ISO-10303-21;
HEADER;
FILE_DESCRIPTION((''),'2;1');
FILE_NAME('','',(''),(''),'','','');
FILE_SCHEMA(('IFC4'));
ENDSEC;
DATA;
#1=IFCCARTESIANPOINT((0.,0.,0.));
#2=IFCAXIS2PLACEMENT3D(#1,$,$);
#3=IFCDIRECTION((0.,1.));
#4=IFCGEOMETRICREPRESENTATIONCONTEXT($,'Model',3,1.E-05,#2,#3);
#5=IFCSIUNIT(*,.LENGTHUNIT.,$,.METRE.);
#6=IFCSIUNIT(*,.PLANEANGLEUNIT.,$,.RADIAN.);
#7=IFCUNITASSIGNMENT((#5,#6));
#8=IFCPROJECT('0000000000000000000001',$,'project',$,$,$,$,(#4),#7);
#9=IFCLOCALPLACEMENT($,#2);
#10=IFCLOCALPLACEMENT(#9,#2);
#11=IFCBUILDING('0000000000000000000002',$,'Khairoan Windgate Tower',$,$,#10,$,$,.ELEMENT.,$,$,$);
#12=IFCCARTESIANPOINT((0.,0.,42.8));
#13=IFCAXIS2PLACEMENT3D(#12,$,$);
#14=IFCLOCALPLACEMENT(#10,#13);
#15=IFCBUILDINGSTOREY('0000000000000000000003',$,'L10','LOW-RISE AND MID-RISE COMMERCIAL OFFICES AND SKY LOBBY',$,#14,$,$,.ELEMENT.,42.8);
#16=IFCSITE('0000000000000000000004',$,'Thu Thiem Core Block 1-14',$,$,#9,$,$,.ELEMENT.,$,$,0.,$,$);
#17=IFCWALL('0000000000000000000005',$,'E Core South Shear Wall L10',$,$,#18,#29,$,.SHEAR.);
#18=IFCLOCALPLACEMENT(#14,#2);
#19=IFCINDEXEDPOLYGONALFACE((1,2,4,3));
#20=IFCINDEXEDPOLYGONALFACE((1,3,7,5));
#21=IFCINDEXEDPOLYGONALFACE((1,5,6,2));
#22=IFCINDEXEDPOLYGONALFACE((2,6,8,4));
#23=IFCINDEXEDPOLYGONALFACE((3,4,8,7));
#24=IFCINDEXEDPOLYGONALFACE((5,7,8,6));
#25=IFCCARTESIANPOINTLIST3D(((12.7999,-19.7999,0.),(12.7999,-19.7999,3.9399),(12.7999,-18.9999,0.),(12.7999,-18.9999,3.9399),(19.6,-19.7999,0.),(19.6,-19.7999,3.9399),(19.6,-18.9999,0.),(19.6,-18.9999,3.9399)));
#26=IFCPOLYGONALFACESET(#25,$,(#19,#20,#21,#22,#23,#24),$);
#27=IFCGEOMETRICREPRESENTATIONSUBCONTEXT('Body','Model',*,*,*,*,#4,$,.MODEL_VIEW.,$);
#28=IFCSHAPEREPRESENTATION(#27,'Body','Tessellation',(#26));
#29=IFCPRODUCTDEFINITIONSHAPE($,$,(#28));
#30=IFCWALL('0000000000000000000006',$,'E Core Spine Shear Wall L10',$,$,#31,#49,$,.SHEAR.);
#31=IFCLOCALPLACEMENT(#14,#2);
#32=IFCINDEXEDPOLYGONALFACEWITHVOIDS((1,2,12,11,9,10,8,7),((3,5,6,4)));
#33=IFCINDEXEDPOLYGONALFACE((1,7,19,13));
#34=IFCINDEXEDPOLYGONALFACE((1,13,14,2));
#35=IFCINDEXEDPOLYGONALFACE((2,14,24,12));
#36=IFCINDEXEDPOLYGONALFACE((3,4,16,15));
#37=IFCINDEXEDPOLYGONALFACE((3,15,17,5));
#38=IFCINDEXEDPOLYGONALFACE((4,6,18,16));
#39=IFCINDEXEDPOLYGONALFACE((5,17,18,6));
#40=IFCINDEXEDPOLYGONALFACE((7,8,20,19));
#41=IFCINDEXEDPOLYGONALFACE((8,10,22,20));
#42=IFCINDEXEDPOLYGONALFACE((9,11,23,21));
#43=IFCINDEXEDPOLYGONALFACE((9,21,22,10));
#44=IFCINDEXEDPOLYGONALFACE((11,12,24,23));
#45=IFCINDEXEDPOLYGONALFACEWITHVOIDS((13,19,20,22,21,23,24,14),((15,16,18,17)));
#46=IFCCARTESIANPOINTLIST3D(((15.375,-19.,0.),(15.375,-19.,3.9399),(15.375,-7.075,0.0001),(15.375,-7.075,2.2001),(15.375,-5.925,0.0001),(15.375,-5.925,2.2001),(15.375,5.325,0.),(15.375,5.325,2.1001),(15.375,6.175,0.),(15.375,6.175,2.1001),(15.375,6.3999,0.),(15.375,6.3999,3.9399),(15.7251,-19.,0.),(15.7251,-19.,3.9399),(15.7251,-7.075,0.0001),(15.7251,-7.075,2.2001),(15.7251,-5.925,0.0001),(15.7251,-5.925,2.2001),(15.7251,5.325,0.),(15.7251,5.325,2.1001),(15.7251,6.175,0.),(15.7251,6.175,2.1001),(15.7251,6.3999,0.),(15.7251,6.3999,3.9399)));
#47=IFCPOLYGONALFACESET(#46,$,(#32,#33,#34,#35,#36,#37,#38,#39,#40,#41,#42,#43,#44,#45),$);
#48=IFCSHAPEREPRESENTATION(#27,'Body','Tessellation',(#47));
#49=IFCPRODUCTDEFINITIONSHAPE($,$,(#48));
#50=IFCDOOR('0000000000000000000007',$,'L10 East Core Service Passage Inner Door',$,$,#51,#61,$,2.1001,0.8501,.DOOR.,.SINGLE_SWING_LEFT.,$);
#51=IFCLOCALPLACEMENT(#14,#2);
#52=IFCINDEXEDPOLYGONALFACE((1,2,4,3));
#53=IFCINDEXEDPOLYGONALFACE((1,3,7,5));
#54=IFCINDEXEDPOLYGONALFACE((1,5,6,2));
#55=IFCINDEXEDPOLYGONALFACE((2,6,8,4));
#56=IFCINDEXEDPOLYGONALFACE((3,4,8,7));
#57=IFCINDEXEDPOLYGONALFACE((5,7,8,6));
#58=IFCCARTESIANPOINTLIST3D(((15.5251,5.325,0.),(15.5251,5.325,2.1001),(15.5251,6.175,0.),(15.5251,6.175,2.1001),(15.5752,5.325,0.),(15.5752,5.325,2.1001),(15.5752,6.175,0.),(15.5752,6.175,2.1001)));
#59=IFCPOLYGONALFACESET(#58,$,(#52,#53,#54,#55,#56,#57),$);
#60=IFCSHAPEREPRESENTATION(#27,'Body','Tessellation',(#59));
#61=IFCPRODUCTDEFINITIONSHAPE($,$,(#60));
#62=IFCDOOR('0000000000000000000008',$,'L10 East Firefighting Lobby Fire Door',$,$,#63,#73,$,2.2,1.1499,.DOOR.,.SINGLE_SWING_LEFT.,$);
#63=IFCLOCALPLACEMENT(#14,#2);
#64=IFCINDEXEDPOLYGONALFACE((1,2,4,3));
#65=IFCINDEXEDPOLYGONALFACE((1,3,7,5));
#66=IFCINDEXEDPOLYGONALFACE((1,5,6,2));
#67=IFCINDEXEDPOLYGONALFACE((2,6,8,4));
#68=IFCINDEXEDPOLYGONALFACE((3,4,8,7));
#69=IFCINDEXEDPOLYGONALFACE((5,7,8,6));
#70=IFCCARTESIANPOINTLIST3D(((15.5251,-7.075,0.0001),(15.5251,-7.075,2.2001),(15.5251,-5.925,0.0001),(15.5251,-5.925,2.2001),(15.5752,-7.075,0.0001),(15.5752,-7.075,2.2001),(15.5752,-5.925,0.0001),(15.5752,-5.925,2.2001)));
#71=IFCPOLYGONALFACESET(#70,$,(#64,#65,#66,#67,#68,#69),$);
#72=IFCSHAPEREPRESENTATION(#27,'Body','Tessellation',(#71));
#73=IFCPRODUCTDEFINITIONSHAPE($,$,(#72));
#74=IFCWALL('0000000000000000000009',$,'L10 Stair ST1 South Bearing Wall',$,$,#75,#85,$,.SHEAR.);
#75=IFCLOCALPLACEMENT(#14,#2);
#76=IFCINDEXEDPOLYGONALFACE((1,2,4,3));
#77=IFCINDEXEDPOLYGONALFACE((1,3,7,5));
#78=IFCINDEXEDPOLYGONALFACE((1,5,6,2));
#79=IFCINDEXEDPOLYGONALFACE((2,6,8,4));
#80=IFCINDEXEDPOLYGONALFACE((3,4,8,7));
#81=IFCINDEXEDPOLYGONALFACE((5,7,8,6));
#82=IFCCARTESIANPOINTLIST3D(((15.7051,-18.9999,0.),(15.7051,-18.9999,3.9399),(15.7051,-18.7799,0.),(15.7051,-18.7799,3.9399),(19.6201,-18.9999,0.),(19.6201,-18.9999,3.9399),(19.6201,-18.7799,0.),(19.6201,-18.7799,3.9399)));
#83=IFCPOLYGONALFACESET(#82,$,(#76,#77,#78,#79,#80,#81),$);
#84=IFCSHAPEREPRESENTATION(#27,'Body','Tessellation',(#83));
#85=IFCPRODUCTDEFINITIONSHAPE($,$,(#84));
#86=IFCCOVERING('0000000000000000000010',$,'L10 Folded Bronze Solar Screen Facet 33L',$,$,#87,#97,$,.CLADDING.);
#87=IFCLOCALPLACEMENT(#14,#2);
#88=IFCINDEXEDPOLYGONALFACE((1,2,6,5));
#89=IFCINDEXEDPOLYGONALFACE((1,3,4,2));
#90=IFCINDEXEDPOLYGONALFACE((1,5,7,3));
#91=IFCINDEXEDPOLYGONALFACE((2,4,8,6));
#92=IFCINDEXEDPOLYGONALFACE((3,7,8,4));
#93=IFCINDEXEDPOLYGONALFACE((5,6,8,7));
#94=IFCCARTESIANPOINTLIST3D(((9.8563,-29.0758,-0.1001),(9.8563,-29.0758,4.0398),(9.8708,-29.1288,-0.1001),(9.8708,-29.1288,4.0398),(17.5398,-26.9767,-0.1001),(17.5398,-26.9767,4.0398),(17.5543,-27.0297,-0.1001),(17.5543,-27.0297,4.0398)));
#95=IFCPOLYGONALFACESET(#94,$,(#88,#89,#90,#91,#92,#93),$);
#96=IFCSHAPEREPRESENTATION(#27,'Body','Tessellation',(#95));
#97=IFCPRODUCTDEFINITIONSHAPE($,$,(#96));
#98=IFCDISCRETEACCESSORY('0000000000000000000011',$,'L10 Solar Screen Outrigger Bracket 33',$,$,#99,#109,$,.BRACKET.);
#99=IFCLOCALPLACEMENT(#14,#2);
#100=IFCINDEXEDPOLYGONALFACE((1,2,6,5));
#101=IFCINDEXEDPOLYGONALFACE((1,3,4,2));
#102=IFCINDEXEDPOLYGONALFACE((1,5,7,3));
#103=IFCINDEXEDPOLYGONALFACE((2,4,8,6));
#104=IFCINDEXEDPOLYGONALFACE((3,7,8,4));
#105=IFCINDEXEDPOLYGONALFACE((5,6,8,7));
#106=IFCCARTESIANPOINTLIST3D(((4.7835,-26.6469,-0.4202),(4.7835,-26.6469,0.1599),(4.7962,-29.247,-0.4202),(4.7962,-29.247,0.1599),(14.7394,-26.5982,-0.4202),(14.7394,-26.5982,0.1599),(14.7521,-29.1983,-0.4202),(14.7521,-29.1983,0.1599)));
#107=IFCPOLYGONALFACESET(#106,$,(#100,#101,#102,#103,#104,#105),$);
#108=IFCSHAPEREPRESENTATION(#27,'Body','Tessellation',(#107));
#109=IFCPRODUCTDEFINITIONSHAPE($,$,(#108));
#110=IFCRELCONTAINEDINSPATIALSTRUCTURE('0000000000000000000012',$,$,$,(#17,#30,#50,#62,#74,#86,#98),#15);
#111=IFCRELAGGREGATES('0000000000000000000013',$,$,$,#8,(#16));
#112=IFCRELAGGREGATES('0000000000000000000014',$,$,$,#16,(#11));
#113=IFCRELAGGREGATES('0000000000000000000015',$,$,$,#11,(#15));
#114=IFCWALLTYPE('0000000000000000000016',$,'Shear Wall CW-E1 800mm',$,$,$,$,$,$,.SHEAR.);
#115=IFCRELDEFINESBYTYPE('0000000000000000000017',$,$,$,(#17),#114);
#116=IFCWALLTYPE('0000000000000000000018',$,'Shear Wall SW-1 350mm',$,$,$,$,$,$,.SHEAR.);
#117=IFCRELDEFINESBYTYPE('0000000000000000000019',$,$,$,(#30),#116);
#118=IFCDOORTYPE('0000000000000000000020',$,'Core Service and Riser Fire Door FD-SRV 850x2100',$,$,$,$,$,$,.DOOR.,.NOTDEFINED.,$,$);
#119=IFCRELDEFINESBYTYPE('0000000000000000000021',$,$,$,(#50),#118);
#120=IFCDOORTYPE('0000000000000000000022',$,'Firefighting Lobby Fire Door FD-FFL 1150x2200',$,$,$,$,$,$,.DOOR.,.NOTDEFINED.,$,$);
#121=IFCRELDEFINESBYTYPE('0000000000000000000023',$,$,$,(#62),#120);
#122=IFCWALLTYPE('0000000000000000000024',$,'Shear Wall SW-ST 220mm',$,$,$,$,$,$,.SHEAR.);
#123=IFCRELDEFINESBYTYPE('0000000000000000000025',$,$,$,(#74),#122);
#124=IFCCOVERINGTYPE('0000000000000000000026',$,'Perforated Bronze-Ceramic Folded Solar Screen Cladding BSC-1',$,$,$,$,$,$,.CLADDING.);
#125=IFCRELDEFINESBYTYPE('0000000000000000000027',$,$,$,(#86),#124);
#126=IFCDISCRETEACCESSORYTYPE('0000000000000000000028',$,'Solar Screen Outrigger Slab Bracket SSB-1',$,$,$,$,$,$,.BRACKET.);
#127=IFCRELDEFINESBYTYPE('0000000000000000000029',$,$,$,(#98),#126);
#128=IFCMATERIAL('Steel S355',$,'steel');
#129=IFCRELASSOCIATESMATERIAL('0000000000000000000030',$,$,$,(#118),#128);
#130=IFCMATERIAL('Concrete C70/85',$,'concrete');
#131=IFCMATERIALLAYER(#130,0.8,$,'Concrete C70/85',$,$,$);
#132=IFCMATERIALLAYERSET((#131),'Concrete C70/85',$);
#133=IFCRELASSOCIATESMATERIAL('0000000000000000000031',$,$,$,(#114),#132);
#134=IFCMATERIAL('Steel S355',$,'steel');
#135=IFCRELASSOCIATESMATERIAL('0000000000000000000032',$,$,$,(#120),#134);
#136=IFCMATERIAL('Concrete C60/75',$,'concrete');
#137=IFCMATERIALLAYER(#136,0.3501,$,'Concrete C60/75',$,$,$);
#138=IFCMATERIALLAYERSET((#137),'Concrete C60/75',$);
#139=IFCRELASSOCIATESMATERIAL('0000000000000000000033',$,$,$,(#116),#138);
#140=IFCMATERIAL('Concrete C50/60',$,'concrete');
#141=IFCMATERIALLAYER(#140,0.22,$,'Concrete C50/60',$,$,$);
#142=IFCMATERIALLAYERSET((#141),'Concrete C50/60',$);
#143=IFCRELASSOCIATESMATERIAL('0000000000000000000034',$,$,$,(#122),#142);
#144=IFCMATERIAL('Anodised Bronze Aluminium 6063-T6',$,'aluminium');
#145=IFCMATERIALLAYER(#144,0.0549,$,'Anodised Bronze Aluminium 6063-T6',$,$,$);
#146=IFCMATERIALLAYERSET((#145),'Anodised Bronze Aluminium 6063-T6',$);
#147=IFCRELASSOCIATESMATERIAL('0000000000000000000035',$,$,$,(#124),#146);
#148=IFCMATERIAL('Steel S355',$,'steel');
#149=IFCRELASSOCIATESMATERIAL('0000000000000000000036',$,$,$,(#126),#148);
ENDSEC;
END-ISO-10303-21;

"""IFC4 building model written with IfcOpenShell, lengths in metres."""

from ifc_helpers import new_model, si_unit, direction, frame, frame_2d, origin, origin_2d, place, context, subcontext, project, spatial, rectangle, extrude, material, layer, layer_set, type_object, element, fill, save


model = new_model("IFC4")

# Units and contexts
model_context = context("Model", 3, precision=1e-05, world=origin(), true_north=direction((0.0, 1.0)))
body_context = subcontext(model_context, "Body", "Model", "MODEL_VIEW")
ifc_project = project(units=[si_unit("LENGTHUNIT", "METRE"), si_unit("PLANEANGLEUNIT", "RADIAN")], contexts=[model_context])

# Site, building, storey
site_placement = place(None, origin())
site = spatial("IfcSite", under=ifc_project, at=site_placement, Name="Thu Thiem Core Block 1-14", CompositionType="ELEMENT", RefElevation=0.0)
building_placement = place(site_placement, origin())
building = spatial("IfcBuilding", under=site, at=building_placement, Name="Khairoan Windgate Tower", CompositionType="ELEMENT")
storey_placement = place(building_placement, frame((0.0, 0.0, 42.8)))
storey = spatial("IfcBuildingStorey", under=building, at=storey_placement, Name="L10", Description="LOW-RISE AND MID-RISE COMMERCIAL OFFICES AND SKY LOBBY", CompositionType="ELEMENT", Elevation=42.8)

# Shared definitions
ifc_material_1 = material(Name="Steel S355", Category="steel")
door_type_1 = type_object("IfcDoorType", Name="Core Service and Riser Fire Door FD-SRV 850x2100", OperationType="NOTDEFINED", PredefinedType="DOOR", material=ifc_material_1)

# Shared definitions
ifc_material_2 = material(Name="Concrete C70/85", Category="concrete")
ifc_layer_1 = layer(ifc_material_2, 0.8, Name="Concrete C70/85")
ifc_layer_set_1 = layer_set([ifc_layer_1], Name="Concrete C70/85")
wall_type_1 = type_object("IfcWallType", Name="Shear Wall CW-E1 800mm", PredefinedType="SHEAR", material=ifc_layer_set_1)
ifc_material_3 = material(Name="Steel S355", Category="steel")
door_type_2 = type_object("IfcDoorType", Name="Firefighting Lobby Fire Door FD-FFL 1150x2200", OperationType="NOTDEFINED", PredefinedType="DOOR", material=ifc_material_3)

# Wall
wall_1_placement = place(storey_placement, frame((12.8, -19.3999, 0.0), z_axis=(0.0, 0.0, 1.0), x_axis=(1.0, 0.0, 0.0)))
element("IfcWall", 1, at=wall_1_placement, inside=storey, type_object=wall_type_1, Name="E Core South Shear Wall L10", PredefinedType="SHEAR", context=body_context, shape_type="SweptSolid", body=[
    extrude(rectangle(XDim=6.8, YDim=0.8, at=frame_2d((3.3999, 0.0))), origin(), (0.0, 0.0, 1.0), 3.9399),
])

# Wall, openings, doors
ifc_material_4 = material(Name="Concrete C60/75", Category="concrete")
ifc_layer_2 = layer(ifc_material_4, 0.3501, Name="Concrete C60/75")
ifc_layer_set_2 = layer_set([ifc_layer_2], Name="Concrete C60/75")
wall_type_2 = type_object("IfcWallType", Name="Shear Wall SW-1 350mm", PredefinedType="SHEAR", material=ifc_layer_set_2)
wall_2_placement = place(storey_placement, frame((15.55, -19.0, 0.0), z_axis=(0.0, 0.0, 1.0), x_axis=(0.0, 1.0, 0.0)))
wall_2 = element("IfcWall", 2, at=wall_2_placement, inside=storey, type_object=wall_type_2, Name="E Core Spine Shear Wall L10", PredefinedType="SHEAR", context=body_context, shape_type="SweptSolid", body=[
    extrude(rectangle(XDim=25.3999, YDim=0.3501, at=frame_2d((12.7, 0.0))), origin(), (0.0, 0.0, 1.0), 3.9399),
])
opening_1_placement = place(wall_2_placement, frame((11.925, 0.0, 0.0)))
opening_1 = element("IfcOpeningElement", 3, at=opening_1_placement, cuts=wall_2, PredefinedType="OPENING", context=body_context, shape_type="SweptSolid", body=[
    extrude(rectangle(XDim=1.1499, YDim=2.2, at=frame_2d((0.575, 1.1001))), frame((0.0, 0.1851, 0.0), z_axis=(0.0, -1.0, 0.0), x_axis=(1.0, 0.0, 0.0)), (0.0, 0.0, 1.0), 0.3701),
])
opening_2_placement = place(wall_2_placement, frame((24.325, 0.0, 0.0)))
opening_2 = element("IfcOpeningElement", 4, at=opening_2_placement, cuts=wall_2, PredefinedType="OPENING", context=body_context, shape_type="SweptSolid", body=[
    extrude(rectangle(XDim=0.8501, YDim=2.1001, at=frame_2d((0.425, 1.05))), frame((0.0, 0.1851, 0.0), z_axis=(0.0, -1.0, 0.0), x_axis=(1.0, 0.0, 0.0)), (0.0, 0.0, 1.0), 0.3701),
])
door_1_placement = place(opening_2_placement, origin())
door_1 = element("IfcDoor", 5, at=door_1_placement, inside=storey, type_object=door_type_1, Name="L10 East Core Service Passage Inner Door", OperationType="SINGLE_SWING_LEFT", OverallHeight=2.1001, OverallWidth=0.8501, PredefinedType="DOOR", context=body_context, shape_type="SweptSolid", body=[
    extrude(rectangle(XDim=0.8501, YDim=2.1001, at=frame_2d((0.425, 1.05))), frame((0.0, 0.0249, 0.0), z_axis=(0.0, -1.0, 0.0), x_axis=(1.0, 0.0, 0.0)), (0.0, 0.0, 1.0), 0.05),
])
fill(opening_2, door_1)
door_2_placement = place(opening_1_placement, origin())
door_2 = element("IfcDoor", 6, at=door_2_placement, inside=storey, type_object=door_type_2, Name="L10 East Firefighting Lobby Fire Door", OperationType="SINGLE_SWING_LEFT", OverallHeight=2.2, OverallWidth=1.1499, PredefinedType="DOOR", context=body_context, shape_type="SweptSolid", body=[
    extrude(rectangle(XDim=1.1499, YDim=2.2, at=frame_2d((0.575, 1.1001))), frame((0.0, 0.0249, 0.0), z_axis=(0.0, -1.0, 0.0), x_axis=(1.0, 0.0, 0.0)), (0.0, 0.0, 1.0), 0.05),
])
fill(opening_1, door_2)

# Wall
ifc_material_5 = material(Name="Concrete C50/60", Category="concrete")
ifc_layer_3 = layer(ifc_material_5, 0.22, Name="Concrete C50/60")
ifc_layer_set_3 = layer_set([ifc_layer_3], Name="Concrete C50/60")
wall_type_3 = type_object("IfcWallType", Name="Shear Wall SW-ST 220mm", PredefinedType="SHEAR", material=ifc_layer_set_3)
wall_3_placement = place(storey_placement, frame((15.7051, -18.8899, 0.0), z_axis=(0.0, 0.0, 1.0), x_axis=(1.0, 0.0, 0.0)))
element("IfcWall", 7, at=wall_3_placement, inside=storey, type_object=wall_type_3, Name="L10 Stair ST1 South Bearing Wall", PredefinedType="SHEAR", context=body_context, shape_type="SweptSolid", body=[
    extrude(rectangle(XDim=3.915, YDim=0.22, at=frame_2d((1.9575, 0.0))), origin(), (0.0, 0.0, 1.0), 3.9399),
])

# Covering
ifc_material_6 = material(Name="Anodised Bronze Aluminium 6063-T6", Category="aluminium")
ifc_layer_4 = layer(ifc_material_6, 0.0549, Name="Anodised Bronze Aluminium 6063-T6")
ifc_layer_set_4 = layer_set([ifc_layer_4], Name="Anodised Bronze Aluminium 6063-T6")
covering_type = type_object("IfcCoveringType", Name="Perforated Bronze-Ceramic Folded Solar Screen Cladding BSC-1", PredefinedType="CLADDING", material=ifc_layer_set_4)
covering_placement = place(storey_placement, frame((13.7053, -28.0527, -0.1001), z_axis=(0.0, 0.0, 1.0), x_axis=(-0.964649, -0.263536, 0.0)))
element("IfcCovering", 8, at=covering_placement, inside=storey, type_object=covering_type, Name="L10 Folded Bronze Solar Screen Facet 33L", PredefinedType="CLADDING", context=body_context, shape_type="SweptSolid", body=[
    extrude(rectangle(XDim=7.9651, YDim=0.0549, at=origin_2d()), origin(), (0.0, 0.0, 1.0), 4.1399),
])

# Discrete accessory
ifc_material_7 = material(Name="Steel S355", Category="steel")
discrete_accessory_type = type_object("IfcDiscreteAccessoryType", Name="Solar Screen Outrigger Slab Bracket SSB-1", PredefinedType="BRACKET", material=ifc_material_7)
discrete_accessory_placement = place(storey_placement, frame((9.7678, -27.9226, -0.4202), z_axis=(0.0, 0.0, 1.0), x_axis=(-0.999988, -0.004887, 0.0)))
element("IfcDiscreteAccessory", 9, at=discrete_accessory_placement, inside=storey, type_object=discrete_accessory_type, Name="L10 Solar Screen Outrigger Bracket 33", PredefinedType="BRACKET", context=body_context, shape_type="SweptSolid", body=[
    extrude(rectangle(XDim=9.9561, YDim=2.6001, at=origin_2d()), origin(), (0.0, 0.0, 1.0), 0.5801),
])

save(model, "model.ifc")
